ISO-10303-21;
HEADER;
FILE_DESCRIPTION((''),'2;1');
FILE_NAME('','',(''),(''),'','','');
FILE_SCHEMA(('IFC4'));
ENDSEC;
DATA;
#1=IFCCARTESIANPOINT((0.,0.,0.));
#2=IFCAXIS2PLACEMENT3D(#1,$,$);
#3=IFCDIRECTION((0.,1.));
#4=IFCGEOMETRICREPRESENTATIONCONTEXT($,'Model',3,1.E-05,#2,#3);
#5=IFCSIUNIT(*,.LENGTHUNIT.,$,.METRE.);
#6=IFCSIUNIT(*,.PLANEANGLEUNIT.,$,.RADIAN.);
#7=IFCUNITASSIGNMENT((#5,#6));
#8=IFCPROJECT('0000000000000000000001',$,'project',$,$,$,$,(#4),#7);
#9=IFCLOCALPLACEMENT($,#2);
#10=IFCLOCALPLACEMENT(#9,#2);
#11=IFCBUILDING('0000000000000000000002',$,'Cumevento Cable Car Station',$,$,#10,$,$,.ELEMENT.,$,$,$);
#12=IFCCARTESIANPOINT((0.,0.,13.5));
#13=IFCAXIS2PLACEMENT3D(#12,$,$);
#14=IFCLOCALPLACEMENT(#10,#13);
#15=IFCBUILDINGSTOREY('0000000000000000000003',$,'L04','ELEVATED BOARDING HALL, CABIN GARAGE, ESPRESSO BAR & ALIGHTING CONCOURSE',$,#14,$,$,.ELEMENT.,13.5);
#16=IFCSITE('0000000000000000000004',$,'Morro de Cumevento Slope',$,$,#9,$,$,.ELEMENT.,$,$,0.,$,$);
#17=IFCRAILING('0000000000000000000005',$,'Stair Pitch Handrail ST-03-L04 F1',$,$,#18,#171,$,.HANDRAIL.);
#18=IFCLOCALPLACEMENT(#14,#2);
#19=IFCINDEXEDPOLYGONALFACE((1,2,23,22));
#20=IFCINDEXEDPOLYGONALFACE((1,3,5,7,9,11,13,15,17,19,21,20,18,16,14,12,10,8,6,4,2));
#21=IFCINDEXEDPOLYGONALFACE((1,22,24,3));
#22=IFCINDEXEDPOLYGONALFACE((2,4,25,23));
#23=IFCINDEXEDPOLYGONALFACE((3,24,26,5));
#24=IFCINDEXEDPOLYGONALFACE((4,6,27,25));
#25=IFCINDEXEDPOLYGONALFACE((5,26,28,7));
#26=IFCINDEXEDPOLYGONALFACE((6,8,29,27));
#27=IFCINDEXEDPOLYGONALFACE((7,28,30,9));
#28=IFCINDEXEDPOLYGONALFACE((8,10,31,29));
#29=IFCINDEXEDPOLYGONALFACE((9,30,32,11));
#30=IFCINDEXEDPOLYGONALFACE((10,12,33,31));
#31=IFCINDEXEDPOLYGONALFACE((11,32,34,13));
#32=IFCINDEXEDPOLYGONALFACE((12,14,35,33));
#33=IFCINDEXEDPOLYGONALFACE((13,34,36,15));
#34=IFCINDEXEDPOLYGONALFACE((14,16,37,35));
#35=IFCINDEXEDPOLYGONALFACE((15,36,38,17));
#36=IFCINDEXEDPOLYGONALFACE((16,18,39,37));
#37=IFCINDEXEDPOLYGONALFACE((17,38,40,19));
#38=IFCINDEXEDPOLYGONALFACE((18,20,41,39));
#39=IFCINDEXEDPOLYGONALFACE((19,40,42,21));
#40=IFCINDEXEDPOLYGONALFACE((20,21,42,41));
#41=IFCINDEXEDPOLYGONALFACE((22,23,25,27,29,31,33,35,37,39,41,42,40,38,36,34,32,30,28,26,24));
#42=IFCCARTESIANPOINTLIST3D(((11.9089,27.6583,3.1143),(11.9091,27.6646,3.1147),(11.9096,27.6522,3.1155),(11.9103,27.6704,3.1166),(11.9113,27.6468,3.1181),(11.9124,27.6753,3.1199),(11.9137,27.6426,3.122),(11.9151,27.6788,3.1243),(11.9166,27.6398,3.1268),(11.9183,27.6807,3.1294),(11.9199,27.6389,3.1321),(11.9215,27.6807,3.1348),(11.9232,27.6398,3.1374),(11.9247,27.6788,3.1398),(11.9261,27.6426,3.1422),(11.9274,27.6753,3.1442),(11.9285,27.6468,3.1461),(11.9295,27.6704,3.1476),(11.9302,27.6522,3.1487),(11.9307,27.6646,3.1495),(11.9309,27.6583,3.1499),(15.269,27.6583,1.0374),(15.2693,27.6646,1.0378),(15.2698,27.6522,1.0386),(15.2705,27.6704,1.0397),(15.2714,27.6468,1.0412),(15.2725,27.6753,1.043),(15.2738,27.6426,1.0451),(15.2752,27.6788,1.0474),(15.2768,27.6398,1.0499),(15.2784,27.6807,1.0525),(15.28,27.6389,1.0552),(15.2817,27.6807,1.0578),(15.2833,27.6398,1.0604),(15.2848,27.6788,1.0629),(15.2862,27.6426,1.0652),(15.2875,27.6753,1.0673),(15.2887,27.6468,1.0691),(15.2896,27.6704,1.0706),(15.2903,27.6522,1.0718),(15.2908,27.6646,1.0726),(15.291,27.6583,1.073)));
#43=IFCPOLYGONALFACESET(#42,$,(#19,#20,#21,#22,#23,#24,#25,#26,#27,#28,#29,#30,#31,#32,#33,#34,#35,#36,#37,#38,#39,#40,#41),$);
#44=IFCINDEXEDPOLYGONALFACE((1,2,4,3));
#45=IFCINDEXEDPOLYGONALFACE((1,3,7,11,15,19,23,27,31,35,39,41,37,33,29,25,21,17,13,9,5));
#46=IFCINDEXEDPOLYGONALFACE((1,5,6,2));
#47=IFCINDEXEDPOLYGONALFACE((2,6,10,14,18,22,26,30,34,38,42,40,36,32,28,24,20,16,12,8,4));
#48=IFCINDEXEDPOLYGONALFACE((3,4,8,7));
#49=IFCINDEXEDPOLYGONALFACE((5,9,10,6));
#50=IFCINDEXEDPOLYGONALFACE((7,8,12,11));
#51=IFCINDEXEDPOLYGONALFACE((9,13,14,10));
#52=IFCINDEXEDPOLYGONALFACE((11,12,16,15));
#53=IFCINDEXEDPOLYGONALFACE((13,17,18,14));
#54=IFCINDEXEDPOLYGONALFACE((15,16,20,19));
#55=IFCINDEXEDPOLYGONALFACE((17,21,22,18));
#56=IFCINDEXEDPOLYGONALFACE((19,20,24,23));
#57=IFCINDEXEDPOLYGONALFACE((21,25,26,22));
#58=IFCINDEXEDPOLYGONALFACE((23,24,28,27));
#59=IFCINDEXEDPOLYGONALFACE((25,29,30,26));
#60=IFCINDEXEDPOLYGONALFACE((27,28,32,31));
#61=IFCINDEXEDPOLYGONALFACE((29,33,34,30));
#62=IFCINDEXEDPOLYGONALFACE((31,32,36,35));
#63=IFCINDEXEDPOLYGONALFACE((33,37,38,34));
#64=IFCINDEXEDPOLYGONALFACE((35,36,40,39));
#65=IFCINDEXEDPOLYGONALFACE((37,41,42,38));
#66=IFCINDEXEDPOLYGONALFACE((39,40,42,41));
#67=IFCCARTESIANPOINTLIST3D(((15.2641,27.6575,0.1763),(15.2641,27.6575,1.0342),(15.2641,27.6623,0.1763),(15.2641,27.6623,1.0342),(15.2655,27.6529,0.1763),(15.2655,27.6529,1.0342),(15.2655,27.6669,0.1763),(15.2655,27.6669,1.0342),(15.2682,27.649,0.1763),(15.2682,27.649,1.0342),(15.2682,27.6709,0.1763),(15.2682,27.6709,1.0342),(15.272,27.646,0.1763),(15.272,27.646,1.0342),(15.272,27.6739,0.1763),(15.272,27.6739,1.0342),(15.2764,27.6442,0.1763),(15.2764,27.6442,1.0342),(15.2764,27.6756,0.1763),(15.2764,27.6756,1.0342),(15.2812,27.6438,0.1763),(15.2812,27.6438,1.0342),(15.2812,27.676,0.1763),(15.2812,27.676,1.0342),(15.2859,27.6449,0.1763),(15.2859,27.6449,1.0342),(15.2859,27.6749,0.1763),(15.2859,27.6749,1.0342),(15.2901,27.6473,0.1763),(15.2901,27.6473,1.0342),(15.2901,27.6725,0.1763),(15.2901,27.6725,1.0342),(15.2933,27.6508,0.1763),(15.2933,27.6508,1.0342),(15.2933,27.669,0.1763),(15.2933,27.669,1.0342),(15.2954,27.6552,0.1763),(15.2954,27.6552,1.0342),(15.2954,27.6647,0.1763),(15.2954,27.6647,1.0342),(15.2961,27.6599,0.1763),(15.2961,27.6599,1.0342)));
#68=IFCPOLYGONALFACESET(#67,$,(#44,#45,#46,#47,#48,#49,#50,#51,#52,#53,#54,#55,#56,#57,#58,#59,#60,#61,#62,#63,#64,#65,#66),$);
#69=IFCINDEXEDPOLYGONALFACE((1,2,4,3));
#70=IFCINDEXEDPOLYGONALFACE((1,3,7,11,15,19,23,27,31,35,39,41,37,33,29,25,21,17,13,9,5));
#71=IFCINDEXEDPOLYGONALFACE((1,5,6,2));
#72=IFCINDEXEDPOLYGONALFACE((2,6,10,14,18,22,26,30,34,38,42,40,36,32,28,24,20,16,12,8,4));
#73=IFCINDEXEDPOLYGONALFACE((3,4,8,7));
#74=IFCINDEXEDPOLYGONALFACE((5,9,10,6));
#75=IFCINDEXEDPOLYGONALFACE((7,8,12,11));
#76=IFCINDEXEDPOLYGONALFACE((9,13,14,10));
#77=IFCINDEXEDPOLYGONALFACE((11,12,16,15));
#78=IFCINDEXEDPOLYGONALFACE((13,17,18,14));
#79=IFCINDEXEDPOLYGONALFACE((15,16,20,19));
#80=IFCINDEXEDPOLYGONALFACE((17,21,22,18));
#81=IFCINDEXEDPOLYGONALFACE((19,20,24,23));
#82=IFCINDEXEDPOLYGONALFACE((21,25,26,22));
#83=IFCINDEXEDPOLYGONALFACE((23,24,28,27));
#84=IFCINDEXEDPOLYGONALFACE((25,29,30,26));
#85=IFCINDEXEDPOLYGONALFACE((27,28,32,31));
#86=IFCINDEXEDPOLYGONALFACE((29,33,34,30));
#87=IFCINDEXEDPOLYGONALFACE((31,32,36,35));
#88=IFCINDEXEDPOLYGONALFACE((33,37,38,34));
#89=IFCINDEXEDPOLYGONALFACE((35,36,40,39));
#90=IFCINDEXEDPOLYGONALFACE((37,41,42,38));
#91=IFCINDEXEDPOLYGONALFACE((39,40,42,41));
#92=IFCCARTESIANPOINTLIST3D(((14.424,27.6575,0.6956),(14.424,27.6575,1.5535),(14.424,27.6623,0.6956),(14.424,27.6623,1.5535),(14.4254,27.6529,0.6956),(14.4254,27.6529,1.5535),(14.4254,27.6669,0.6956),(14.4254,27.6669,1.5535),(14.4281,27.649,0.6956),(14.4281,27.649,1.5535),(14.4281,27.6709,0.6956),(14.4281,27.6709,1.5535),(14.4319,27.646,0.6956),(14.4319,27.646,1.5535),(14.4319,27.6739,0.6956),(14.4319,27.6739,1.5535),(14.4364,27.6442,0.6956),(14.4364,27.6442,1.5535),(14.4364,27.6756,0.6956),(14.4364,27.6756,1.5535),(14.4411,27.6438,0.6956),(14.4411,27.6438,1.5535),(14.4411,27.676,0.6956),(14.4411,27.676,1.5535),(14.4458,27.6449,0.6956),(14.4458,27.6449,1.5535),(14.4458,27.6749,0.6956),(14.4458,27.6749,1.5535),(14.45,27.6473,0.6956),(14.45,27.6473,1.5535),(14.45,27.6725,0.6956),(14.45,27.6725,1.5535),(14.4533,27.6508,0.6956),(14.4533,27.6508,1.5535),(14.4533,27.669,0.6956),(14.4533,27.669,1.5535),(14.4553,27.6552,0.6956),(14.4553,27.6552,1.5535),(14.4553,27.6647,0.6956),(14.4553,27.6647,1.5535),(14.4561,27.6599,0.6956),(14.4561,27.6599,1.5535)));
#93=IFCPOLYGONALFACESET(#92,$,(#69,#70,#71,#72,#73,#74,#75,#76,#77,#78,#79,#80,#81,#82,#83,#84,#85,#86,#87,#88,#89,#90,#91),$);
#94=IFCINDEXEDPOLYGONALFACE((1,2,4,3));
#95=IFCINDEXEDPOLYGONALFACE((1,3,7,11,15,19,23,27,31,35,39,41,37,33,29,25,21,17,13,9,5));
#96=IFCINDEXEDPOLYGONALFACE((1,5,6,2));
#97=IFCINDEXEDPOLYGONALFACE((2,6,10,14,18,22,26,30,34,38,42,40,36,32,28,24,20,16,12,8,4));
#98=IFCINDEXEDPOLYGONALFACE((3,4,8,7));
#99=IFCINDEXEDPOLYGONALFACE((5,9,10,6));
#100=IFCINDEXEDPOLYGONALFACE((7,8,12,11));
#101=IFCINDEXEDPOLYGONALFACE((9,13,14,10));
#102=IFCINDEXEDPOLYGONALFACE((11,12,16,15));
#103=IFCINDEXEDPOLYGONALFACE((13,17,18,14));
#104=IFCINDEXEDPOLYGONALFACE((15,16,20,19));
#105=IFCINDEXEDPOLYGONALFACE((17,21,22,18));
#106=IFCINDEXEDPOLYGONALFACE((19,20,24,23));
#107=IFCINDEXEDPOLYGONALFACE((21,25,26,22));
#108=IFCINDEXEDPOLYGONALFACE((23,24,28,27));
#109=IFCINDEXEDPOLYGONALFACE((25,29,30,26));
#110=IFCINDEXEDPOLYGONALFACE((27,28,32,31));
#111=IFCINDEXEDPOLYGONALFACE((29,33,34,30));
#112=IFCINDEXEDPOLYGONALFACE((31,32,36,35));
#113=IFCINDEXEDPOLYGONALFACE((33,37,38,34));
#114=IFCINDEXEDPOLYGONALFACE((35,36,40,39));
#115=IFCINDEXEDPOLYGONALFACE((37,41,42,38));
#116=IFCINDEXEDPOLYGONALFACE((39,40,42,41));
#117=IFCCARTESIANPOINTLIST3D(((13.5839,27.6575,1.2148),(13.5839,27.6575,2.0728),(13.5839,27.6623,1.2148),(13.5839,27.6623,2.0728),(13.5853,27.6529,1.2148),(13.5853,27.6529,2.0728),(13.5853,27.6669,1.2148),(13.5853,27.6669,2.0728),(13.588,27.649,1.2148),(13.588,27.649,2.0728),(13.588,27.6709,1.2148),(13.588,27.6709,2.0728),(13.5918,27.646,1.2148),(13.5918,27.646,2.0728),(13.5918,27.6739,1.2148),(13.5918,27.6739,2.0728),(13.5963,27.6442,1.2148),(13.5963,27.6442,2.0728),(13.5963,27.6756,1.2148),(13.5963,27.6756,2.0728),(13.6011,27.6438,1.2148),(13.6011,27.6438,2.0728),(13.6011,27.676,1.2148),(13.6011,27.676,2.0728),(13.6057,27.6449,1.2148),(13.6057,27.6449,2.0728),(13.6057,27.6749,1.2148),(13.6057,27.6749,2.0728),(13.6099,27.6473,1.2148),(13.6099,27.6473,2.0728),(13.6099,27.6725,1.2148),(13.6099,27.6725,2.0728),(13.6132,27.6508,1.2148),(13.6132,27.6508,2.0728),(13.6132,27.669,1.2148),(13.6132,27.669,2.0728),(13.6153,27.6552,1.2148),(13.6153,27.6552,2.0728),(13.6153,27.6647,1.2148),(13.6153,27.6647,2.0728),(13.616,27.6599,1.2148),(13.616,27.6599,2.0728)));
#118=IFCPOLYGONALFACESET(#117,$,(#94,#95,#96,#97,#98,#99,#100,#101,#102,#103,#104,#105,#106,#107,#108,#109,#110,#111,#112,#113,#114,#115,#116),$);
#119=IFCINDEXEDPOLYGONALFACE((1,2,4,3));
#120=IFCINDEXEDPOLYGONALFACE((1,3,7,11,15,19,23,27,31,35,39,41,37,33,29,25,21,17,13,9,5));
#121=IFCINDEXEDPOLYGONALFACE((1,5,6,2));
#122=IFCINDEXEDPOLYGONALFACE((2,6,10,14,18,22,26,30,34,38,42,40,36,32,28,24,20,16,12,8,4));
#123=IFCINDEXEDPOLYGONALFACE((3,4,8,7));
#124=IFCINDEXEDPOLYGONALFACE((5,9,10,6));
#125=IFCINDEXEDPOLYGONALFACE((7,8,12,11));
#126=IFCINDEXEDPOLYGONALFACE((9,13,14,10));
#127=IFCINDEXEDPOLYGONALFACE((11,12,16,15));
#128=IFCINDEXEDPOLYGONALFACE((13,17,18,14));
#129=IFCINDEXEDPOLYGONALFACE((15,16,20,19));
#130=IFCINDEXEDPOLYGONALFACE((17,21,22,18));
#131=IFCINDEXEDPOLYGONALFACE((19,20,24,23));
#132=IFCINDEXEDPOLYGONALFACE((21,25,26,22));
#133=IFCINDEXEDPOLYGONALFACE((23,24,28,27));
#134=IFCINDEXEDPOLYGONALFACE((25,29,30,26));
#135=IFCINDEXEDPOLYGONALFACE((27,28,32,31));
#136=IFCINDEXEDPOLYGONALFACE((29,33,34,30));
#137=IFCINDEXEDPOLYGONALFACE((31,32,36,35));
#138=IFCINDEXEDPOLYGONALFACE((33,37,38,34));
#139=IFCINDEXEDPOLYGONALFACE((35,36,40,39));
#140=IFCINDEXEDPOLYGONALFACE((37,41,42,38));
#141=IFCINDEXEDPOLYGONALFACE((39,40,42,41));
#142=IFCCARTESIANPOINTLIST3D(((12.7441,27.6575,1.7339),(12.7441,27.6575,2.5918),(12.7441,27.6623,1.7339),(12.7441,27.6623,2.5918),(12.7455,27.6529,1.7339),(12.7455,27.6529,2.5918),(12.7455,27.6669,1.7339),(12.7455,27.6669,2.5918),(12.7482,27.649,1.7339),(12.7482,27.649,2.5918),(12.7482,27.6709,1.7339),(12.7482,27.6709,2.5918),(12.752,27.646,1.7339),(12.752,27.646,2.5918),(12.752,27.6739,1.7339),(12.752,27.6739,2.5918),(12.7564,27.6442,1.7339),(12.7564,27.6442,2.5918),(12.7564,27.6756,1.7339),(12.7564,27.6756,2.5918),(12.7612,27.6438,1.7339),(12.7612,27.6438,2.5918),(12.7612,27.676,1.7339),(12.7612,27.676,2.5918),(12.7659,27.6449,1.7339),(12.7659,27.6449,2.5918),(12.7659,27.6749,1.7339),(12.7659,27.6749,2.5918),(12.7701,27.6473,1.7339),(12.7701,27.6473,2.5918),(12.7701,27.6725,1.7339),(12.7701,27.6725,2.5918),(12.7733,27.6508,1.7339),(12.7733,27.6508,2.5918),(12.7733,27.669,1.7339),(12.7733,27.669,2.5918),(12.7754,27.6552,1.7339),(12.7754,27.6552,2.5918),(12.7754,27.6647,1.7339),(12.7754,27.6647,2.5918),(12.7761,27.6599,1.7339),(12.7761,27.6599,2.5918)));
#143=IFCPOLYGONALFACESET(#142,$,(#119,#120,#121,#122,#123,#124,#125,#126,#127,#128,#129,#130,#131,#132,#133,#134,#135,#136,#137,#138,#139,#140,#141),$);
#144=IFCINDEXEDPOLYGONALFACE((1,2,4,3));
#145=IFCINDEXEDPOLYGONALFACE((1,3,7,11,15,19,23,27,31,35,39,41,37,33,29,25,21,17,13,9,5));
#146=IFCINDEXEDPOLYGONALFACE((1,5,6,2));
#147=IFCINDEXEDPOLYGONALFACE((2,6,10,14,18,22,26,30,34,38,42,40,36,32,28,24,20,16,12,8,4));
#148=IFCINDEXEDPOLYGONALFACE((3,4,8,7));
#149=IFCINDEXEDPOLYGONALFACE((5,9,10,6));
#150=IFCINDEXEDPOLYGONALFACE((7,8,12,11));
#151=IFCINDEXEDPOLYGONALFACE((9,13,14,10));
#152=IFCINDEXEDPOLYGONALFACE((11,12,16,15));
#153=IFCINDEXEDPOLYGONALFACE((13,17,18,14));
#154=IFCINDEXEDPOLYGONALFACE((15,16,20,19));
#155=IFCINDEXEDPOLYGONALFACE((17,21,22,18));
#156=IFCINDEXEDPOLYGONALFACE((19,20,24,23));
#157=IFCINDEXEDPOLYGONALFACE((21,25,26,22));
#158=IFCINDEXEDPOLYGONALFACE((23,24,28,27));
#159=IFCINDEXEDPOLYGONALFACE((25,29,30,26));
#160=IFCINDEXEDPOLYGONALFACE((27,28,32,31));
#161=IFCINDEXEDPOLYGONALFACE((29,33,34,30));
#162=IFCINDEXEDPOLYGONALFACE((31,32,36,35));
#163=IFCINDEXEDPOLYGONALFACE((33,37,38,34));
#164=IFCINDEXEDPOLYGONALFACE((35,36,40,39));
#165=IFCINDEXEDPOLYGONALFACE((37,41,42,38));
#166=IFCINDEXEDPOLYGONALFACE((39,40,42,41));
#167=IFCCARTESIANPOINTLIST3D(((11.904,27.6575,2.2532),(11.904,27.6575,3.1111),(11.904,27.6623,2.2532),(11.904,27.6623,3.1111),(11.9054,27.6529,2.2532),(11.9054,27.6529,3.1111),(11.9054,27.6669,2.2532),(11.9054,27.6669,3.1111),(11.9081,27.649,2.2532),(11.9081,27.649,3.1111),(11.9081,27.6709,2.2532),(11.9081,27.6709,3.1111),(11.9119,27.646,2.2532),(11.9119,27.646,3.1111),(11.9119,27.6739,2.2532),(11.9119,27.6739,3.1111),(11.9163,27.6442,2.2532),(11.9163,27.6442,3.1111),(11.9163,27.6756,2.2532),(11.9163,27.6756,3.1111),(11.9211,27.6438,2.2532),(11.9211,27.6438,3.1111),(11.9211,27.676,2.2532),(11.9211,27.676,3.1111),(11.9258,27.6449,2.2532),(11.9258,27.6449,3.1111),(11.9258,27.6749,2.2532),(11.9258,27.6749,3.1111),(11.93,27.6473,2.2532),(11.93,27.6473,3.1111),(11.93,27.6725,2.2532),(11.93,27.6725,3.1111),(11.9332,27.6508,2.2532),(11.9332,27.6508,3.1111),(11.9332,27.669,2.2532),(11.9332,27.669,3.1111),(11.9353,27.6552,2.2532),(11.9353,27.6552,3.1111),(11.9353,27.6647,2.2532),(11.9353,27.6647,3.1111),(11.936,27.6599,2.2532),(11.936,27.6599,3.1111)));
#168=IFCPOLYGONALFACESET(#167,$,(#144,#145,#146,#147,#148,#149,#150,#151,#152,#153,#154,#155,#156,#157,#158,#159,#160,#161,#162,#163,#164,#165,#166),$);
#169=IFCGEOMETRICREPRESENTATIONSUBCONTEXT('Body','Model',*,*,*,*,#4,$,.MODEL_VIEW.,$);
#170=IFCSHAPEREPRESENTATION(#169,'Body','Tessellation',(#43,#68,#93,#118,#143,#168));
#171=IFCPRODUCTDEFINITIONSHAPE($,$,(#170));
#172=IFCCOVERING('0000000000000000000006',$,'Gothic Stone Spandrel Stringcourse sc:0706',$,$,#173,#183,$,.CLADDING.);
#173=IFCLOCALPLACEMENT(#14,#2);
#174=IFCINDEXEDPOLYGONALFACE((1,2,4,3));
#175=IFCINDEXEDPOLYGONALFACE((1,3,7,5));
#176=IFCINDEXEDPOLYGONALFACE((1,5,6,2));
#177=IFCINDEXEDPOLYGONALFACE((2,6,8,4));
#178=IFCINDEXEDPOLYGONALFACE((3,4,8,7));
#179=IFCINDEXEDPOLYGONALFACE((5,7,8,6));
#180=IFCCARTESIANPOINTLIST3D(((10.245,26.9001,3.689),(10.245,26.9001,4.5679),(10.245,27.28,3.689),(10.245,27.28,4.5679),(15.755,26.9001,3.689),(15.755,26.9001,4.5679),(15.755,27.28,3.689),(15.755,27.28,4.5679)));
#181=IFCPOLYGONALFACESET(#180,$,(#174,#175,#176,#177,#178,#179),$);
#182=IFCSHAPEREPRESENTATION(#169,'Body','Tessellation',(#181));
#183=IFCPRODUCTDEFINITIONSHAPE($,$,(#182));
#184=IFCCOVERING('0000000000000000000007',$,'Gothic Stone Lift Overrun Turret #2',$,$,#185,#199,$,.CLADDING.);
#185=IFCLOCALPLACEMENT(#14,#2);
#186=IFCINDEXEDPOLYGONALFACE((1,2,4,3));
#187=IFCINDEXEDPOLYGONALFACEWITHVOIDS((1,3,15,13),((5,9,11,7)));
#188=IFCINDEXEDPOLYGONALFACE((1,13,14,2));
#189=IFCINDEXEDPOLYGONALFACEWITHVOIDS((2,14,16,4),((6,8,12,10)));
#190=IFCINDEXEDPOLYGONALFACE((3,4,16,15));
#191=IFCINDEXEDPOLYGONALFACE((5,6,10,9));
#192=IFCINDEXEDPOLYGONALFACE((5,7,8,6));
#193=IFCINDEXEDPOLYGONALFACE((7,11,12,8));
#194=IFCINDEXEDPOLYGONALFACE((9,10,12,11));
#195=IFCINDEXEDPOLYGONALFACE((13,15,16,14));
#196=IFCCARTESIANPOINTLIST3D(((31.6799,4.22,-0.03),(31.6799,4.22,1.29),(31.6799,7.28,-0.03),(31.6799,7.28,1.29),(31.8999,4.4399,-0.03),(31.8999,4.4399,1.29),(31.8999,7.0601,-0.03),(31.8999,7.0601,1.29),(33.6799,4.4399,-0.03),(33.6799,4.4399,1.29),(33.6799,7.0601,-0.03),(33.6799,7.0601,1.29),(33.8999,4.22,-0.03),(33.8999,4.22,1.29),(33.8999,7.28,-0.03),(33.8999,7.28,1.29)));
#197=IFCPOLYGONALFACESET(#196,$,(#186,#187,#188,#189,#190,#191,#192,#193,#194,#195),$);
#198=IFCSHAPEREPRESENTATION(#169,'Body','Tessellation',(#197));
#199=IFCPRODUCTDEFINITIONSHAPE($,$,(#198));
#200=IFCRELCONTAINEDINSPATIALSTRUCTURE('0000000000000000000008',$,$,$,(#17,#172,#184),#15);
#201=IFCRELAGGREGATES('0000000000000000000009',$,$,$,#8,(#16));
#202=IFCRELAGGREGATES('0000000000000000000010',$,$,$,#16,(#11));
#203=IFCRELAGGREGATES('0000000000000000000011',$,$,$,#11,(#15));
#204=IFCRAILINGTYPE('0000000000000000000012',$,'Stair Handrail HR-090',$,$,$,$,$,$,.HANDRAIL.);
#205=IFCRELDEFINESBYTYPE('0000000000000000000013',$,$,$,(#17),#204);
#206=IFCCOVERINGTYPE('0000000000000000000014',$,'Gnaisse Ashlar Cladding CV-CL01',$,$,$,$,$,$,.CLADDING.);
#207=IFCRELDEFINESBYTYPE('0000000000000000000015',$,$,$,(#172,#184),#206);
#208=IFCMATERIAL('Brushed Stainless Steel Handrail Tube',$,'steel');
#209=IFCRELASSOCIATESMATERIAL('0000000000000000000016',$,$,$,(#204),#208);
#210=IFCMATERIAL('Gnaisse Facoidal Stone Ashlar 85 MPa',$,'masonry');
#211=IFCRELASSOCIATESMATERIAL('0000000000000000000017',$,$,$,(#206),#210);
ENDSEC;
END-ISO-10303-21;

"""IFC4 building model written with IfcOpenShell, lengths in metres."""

from ifc_helpers import new_model, si_unit, direction, frame, origin, origin_2d, place, context, subcontext, project, spatial, polyline, rectangle, circle, outline, extrude, material, type_object, element, save


model = new_model("IFC4")

# Units and contexts
model_context = context("Model", 3, precision=1e-05, world=origin(), true_north=direction((0.0, 1.0)))
body_context = subcontext(model_context, "Body", "Model", "MODEL_VIEW")
ifc_project = project(units=[si_unit("LENGTHUNIT", "METRE"), si_unit("PLANEANGLEUNIT", "RADIAN")], contexts=[model_context])

# Site, building, storey
site_placement = place(None, origin())
site = spatial("IfcSite", under=ifc_project, at=site_placement, Name="Morro de Cumevento Slope", CompositionType="ELEMENT", RefElevation=0.0)
building_placement = place(site_placement, origin())
building = spatial("IfcBuilding", under=site, at=building_placement, Name="Cumevento Cable Car Station", CompositionType="ELEMENT")
storey_placement = place(building_placement, frame((0.0, 0.0, 13.5)))
storey = spatial("IfcBuildingStorey", under=building, at=storey_placement, Name="L04", Description="ELEVATED BOARDING HALL, CABIN GARAGE, ESPRESSO BAR & ALIGHTING CONCOURSE", CompositionType="ELEMENT", Elevation=13.5)

# Railing
ifc_material_1 = material(Name="Brushed Stainless Steel Handrail Tube", Category="steel")
railing_type_1 = type_object("IfcRailingType", Name="Stair Handrail HR-090", PredefinedType="HANDRAIL", material=ifc_material_1)
railing_1_placement = place(storey_placement, frame((15.28, 27.6599, 0.1763)))
element("IfcRailing", 1, at=railing_1_placement, inside=storey, type_object=railing_type_1, Name="Stair Pitch Handrail ST-03-L04 F1", PredefinedType="HANDRAIL", context=body_context, shape_type="SweptSolid", body=[
    extrude(circle(Radius=0.021, at=origin_2d()), frame((0.0, 0.0, 0.8789), z_axis=(-0.850623, 0.0, 0.525776), x_axis=(0.0, -1.0, 0.0)), (0.0, 0.0, 1.0), 3.9502),
    extrude(circle(Radius=0.0161, at=origin_2d()), origin(), (0.0, 0.0, 1.0), 0.8579),
    extrude(circle(Radius=0.0161, at=origin_2d()), frame((-0.8401, 0.0, 0.5193)), (0.0, 0.0, 1.0), 0.8579),
    extrude(circle(Radius=0.0161, at=origin_2d()), frame((-1.6802, 0.0, 1.0386)), (0.0, 0.0, 1.0), 0.8579),
    extrude(circle(Radius=0.0161, at=origin_2d()), frame((-2.52, 0.0, 1.5576)), (0.0, 0.0, 1.0), 0.8579),
    extrude(circle(Radius=0.0161, at=origin_2d()), frame((-3.3601, 0.0, 2.0769)), (0.0, 0.0, 1.0), 0.8579),
])

# Coverings
ifc_material_2 = material(Name="Gnaisse Facoidal Stone Ashlar 85 MPa", Category="masonry")
covering_type = type_object("IfcCoveringType", Name="Gnaisse Ashlar Cladding CV-CL01", PredefinedType="CLADDING", material=ifc_material_2)
covering_1_placement = place(storey_placement, frame((13.0, 27.0901, 3.689), z_axis=(0.0, 0.0, 1.0), x_axis=(-1.0, 0.0, 0.0)))
element("IfcCovering", 2, at=covering_1_placement, inside=storey, type_object=covering_type, Name="Gothic Stone Spandrel Stringcourse sc:0706", PredefinedType="CLADDING", context=body_context, shape_type="SweptSolid", body=[
    extrude(rectangle(XDim=5.51, YDim=0.3799, at=origin_2d()), origin(), (0.0, 0.0, 1.0), 0.8789),
])
covering_2_placement = place(storey_placement, frame((0.0, 0.0, -0.03)))
element("IfcCovering", 3, at=covering_2_placement, inside=storey, type_object=covering_type, Name="Gothic Stone Lift Overrun Turret #2", PredefinedType="CLADDING", context=body_context, shape_type="SweptSolid", body=[
    extrude(outline(polyline([(31.6799, 4.22), (31.6799, 7.28), (33.8999, 7.28), (33.8999, 4.22), (31.6799, 4.22)]), holes=[polyline([(33.6799, 7.0601), (31.8999, 7.0601), (31.8999, 4.4399), (33.6799, 4.4399), (33.6799, 7.0601)])]), origin(), (0.0, 0.0, 1.0), 1.3201),
])

save(model, "model.ifc")
